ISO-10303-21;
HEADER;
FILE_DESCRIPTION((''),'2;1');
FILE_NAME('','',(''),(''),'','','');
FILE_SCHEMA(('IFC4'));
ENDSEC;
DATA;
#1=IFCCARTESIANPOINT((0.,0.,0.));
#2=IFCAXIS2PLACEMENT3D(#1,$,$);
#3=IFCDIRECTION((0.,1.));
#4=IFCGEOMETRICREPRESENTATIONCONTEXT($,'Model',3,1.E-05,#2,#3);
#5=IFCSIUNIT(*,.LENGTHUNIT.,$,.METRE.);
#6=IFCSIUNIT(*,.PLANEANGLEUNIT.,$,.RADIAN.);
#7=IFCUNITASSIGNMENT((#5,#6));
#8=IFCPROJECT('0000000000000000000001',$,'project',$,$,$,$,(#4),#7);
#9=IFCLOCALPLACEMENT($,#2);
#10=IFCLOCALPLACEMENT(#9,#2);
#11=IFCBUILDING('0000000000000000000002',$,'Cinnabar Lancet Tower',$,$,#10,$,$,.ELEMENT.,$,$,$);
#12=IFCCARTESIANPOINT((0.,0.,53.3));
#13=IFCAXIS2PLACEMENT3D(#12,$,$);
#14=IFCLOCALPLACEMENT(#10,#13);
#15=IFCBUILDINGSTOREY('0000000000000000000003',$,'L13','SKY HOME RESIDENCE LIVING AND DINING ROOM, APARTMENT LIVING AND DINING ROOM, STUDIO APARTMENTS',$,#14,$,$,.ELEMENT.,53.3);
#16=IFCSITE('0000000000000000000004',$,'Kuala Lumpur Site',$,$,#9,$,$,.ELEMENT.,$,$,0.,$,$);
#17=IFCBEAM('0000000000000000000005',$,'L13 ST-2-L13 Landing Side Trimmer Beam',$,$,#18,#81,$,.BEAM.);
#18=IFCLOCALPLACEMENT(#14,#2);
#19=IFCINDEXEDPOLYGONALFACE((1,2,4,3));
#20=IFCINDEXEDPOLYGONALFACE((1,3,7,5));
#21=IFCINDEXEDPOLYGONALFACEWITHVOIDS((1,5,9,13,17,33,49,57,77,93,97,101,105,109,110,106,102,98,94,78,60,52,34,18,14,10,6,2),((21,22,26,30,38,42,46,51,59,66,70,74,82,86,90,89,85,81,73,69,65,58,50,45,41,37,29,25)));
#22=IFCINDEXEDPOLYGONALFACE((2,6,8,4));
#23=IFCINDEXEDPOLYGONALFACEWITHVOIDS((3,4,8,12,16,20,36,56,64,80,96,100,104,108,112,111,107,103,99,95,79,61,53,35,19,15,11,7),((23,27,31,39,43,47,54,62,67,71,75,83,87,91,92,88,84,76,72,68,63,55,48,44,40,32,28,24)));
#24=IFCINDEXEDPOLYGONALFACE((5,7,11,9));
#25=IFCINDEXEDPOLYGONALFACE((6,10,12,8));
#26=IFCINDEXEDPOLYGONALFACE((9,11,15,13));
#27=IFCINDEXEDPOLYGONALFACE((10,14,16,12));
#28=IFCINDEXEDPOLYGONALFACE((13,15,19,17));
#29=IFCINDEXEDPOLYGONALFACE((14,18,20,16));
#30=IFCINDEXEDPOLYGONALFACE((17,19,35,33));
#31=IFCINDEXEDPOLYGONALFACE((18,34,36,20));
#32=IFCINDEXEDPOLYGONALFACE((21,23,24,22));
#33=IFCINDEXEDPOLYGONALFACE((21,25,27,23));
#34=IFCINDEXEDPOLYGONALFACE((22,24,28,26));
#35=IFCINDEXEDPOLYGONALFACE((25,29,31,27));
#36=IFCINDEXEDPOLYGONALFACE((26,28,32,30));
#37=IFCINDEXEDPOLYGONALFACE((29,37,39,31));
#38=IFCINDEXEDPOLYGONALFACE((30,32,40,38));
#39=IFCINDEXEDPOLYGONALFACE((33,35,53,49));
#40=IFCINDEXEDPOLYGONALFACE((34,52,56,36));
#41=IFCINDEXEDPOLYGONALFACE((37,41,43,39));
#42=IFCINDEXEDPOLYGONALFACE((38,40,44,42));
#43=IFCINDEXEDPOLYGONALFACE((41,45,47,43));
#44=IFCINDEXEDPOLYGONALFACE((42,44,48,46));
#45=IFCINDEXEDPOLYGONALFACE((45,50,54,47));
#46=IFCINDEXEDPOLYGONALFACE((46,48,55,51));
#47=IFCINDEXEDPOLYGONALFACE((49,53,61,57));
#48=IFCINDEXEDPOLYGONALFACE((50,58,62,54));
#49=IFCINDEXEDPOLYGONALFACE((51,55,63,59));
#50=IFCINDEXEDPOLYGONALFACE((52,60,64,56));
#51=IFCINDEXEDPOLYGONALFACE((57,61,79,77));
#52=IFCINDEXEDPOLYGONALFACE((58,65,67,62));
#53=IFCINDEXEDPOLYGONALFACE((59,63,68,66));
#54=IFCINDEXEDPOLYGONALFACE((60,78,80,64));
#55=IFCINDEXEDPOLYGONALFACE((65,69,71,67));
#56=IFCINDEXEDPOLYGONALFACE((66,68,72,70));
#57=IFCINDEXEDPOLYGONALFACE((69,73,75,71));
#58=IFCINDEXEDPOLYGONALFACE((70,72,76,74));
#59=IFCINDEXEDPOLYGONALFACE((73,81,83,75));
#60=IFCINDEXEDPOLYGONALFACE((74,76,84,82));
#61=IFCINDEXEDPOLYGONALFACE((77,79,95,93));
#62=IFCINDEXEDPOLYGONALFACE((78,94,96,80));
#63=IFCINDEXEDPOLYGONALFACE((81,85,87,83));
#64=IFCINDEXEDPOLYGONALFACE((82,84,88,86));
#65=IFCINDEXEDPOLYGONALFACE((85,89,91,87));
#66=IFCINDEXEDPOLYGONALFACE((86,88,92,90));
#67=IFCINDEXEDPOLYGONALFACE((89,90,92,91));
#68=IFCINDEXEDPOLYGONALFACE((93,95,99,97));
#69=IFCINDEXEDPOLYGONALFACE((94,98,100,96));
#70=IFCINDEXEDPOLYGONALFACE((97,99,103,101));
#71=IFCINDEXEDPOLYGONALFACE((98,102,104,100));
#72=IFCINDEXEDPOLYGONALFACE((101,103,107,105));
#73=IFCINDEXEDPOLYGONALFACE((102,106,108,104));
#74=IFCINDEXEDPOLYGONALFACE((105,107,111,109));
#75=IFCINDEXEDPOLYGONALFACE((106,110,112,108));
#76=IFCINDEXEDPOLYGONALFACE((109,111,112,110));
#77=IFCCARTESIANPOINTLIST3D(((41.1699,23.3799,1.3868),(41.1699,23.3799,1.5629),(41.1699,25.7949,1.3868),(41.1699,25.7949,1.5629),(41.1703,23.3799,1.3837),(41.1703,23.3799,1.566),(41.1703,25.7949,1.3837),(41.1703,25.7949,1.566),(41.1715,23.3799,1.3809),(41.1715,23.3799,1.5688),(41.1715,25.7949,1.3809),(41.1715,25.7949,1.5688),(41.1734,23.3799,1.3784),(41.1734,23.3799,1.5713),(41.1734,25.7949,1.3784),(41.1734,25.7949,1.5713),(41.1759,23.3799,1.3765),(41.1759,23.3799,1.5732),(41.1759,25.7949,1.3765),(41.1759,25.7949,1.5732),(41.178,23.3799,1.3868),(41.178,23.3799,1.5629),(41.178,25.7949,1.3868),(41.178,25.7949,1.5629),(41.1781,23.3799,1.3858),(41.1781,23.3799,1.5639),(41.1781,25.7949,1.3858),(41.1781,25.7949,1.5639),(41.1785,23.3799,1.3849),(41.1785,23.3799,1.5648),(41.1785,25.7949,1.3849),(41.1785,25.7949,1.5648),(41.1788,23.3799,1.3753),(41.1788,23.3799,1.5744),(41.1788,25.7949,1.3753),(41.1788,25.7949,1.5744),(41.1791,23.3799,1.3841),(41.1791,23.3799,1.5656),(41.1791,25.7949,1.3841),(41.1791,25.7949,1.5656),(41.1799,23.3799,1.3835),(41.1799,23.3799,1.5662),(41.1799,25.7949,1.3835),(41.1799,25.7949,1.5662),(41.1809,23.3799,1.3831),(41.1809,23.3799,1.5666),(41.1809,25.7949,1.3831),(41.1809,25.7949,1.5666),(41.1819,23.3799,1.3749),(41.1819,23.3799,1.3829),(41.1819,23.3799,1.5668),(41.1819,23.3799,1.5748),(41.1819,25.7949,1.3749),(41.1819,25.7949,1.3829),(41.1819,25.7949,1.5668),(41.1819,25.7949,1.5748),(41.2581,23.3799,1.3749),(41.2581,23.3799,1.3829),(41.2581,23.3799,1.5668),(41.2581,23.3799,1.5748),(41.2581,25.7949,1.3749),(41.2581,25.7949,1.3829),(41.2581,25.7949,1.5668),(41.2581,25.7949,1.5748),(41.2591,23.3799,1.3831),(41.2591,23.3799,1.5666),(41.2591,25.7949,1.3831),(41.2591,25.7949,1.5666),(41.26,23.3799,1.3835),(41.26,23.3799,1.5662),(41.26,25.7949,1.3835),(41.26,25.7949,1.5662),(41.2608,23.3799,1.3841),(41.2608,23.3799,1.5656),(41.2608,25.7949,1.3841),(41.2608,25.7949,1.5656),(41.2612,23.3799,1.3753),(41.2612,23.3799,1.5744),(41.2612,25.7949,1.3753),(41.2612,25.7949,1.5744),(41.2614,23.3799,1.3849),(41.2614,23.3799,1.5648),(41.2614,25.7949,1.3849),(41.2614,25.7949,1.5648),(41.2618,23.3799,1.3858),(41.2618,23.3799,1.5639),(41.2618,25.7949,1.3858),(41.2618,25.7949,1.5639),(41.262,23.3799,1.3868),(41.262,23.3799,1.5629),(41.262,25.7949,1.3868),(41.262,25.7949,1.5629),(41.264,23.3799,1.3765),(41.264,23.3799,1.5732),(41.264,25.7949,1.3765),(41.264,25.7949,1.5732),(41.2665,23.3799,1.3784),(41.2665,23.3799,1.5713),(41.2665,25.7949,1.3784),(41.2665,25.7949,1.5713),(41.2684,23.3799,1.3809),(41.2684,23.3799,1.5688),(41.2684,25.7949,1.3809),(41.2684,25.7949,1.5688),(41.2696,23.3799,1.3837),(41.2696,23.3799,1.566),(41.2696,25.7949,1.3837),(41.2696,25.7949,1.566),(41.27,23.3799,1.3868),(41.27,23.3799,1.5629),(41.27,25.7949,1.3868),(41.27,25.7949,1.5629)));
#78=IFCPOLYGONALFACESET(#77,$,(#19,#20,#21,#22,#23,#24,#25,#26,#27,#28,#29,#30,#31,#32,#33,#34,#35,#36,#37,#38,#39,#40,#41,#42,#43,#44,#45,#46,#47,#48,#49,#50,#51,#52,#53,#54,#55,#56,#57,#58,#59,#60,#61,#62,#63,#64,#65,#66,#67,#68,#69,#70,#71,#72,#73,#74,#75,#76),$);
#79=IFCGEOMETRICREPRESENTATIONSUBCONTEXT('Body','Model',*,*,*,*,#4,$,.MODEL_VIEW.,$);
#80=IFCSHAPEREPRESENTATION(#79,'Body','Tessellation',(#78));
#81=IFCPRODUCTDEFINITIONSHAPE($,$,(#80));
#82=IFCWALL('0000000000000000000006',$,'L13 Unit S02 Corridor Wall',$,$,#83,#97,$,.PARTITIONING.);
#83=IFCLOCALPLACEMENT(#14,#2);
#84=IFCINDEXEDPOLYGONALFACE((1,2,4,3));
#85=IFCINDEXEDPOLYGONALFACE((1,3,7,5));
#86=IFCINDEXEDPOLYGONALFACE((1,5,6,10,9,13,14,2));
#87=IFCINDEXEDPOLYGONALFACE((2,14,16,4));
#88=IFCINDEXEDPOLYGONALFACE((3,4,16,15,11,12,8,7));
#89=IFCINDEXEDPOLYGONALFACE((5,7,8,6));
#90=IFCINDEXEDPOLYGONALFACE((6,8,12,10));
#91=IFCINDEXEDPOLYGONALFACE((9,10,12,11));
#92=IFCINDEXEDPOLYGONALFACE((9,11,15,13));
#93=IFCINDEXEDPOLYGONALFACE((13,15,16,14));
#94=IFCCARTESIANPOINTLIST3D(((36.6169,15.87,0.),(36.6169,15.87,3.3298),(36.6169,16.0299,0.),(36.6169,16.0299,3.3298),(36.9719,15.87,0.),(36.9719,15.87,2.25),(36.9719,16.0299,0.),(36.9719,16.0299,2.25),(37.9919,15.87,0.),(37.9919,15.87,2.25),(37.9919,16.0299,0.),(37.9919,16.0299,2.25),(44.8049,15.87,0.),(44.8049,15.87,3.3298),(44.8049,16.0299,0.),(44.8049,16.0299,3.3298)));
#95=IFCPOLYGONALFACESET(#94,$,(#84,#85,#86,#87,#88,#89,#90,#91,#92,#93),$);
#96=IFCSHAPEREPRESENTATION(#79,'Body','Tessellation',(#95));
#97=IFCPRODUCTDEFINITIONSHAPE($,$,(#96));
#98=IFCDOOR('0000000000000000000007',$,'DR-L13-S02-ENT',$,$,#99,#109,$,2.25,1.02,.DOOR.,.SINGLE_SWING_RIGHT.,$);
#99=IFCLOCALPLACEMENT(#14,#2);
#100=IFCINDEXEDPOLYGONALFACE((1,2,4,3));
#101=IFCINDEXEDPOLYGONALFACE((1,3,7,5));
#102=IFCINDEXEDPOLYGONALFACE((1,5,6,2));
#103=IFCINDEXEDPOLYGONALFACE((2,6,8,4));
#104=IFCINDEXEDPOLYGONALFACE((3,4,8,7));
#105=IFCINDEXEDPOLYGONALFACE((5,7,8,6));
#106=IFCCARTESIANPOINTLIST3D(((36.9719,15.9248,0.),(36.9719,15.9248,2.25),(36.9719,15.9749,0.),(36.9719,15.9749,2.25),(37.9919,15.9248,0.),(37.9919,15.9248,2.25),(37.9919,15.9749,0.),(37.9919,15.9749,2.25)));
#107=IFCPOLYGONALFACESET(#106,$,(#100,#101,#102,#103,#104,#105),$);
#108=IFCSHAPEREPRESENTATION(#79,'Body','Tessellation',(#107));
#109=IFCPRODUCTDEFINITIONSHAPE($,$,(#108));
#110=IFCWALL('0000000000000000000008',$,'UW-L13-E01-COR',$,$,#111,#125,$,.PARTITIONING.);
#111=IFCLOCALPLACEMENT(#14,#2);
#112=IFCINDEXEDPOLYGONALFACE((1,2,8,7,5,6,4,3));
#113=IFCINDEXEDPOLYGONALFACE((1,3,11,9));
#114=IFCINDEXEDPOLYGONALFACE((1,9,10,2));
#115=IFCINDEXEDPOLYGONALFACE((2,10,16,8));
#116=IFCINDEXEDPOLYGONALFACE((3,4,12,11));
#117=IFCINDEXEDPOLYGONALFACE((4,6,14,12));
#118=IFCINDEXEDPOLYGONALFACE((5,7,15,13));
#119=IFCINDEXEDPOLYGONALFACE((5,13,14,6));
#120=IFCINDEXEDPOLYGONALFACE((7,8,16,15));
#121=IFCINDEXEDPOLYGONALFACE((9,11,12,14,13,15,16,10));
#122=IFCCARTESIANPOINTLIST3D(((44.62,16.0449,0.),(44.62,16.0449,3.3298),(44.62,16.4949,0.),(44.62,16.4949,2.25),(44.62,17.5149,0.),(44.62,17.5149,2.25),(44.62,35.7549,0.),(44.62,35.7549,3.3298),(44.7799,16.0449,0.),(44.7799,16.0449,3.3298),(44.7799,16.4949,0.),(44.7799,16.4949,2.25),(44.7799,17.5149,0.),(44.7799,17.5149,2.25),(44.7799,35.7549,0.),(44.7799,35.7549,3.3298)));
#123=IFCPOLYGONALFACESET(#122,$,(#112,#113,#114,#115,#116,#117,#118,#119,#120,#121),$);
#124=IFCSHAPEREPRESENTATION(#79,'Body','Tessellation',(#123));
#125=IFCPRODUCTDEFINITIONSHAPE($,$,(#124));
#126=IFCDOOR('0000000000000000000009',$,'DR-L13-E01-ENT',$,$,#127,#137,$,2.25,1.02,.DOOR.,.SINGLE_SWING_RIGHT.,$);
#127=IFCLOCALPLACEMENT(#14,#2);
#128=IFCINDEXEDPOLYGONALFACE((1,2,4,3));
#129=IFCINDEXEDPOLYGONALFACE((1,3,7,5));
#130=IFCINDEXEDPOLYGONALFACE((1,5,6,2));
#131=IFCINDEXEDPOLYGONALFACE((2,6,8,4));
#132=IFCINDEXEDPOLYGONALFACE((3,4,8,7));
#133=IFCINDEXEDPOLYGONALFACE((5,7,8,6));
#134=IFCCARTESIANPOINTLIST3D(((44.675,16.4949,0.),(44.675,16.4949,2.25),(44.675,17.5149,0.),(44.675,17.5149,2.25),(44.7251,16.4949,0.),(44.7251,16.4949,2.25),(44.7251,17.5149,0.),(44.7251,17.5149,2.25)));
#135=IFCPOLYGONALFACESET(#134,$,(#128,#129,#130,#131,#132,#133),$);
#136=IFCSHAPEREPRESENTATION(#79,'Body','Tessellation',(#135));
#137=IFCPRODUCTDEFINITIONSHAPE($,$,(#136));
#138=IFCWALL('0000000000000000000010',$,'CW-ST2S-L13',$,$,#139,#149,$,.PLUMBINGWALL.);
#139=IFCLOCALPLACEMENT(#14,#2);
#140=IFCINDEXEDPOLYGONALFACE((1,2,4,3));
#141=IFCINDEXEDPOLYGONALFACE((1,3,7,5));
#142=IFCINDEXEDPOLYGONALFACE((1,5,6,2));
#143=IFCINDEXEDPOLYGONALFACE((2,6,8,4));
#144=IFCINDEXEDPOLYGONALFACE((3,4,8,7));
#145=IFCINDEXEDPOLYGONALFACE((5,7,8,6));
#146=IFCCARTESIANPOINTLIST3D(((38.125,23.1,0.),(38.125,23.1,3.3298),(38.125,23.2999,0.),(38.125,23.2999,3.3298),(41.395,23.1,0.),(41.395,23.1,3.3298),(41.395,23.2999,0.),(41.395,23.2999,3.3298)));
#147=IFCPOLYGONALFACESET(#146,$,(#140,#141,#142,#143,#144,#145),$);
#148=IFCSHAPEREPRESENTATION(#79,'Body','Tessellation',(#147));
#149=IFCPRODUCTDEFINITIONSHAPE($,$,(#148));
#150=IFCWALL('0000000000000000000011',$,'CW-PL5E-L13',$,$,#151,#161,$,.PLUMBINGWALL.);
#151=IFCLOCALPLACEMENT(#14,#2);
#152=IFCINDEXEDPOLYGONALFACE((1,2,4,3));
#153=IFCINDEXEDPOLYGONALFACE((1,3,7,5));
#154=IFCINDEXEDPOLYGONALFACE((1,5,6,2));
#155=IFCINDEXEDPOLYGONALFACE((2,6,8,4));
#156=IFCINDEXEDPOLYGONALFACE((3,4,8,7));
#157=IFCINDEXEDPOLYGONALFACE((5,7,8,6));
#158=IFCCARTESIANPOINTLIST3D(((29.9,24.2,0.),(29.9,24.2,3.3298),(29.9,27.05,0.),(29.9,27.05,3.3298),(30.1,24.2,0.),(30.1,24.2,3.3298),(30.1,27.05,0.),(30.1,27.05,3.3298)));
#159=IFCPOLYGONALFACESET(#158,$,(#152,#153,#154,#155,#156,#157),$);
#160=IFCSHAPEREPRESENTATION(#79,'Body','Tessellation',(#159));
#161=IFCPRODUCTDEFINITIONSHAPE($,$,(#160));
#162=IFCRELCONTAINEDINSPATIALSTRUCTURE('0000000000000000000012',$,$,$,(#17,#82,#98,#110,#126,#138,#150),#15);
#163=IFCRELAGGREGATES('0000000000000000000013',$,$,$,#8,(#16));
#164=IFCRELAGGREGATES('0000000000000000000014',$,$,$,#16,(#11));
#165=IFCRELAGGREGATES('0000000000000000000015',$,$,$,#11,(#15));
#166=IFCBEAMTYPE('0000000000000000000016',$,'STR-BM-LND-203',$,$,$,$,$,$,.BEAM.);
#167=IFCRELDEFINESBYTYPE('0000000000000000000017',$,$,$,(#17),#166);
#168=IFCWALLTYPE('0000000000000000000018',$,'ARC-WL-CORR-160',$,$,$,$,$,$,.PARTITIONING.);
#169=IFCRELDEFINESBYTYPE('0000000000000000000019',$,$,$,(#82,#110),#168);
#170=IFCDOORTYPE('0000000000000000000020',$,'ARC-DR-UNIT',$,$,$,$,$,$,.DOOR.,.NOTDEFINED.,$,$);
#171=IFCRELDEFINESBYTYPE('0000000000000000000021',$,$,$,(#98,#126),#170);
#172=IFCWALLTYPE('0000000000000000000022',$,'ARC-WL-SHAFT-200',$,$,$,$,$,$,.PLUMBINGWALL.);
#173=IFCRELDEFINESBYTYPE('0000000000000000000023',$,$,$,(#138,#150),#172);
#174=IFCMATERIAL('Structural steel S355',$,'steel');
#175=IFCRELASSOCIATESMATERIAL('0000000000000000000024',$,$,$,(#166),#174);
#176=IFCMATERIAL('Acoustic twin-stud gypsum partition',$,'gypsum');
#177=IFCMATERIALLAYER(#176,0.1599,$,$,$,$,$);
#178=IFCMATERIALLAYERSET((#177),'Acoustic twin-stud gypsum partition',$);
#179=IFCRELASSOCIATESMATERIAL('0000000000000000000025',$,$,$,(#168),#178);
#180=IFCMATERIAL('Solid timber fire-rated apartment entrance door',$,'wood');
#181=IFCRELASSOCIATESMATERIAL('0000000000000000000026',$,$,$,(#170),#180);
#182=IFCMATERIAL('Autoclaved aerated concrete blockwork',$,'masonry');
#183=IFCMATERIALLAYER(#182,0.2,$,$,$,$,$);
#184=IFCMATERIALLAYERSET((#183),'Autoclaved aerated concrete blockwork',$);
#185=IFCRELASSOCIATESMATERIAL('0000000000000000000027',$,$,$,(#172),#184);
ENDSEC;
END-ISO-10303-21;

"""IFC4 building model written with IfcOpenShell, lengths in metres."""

from ifc_helpers import new_model, si_unit, direction, frame, frame_2d, origin, origin_2d, place, context, subcontext, project, spatial, rectangle, hollow_rectangle, extrude, material, layer, layer_set, material_profile, profile_set, type_object, element, fill, save


model = new_model("IFC4")

# Units and contexts
model_context = context("Model", 3, precision=1e-05, world=origin(), true_north=direction((0.0, 1.0)))
body_context = subcontext(model_context, "Body", "Model", "MODEL_VIEW")
ifc_project = project(units=[si_unit("LENGTHUNIT", "METRE"), si_unit("PLANEANGLEUNIT", "RADIAN")], contexts=[model_context])

# Site, building, storey
site_placement = place(None, origin())
site = spatial("IfcSite", under=ifc_project, at=site_placement, Name="Kuala Lumpur Site", CompositionType="ELEMENT", RefElevation=0.0)
building_placement = place(site_placement, origin())
building = spatial("IfcBuilding", under=site, at=building_placement, Name="Cinnabar Lancet Tower", CompositionType="ELEMENT")
storey_placement = place(building_placement, frame((0.0, 0.0, 53.3)))
storey = spatial("IfcBuildingStorey", under=building, at=storey_placement, Name="L13", Description="SKY HOME RESIDENCE LIVING AND DINING ROOM, APARTMENT LIVING AND DINING ROOM, STUDIO APARTMENTS", CompositionType="ELEMENT", Elevation=53.3)

# Beam
ifc_material_1 = material(Name="Structural steel S355", Category="steel")
ifc_material_profile_1 = material_profile(ifc_material_1, hollow_rectangle(XDim=0.1001, YDim=0.2, WallThickness=0.0081, InnerFilletRadius=0.0039, OuterFilletRadius=0.012, at=origin_2d()), Name="RHS 200x100x8")
ifc_profile_set_1 = profile_set([ifc_material_profile_1], Name="Structural steel S355")
beam_type_1 = type_object("IfcBeamType", Name="STR-BM-LND-203", PredefinedType="BEAM", material=ifc_profile_set_1)
beam_1_placement = place(storey_placement, frame((41.22, 23.3799, 1.4749), z_axis=(0.0, 1.0, 0.0), x_axis=(-1.0, 0.0, 0.0)))
element("IfcBeam", 1, at=beam_1_placement, inside=storey, type_object=beam_type_1, Name="L13 ST-2-L13 Landing Side Trimmer Beam", PredefinedType="BEAM", context=body_context, shape_type="SweptSolid", body=[
    extrude(hollow_rectangle(XDim=0.1001, YDim=0.2, WallThickness=0.0081, InnerFilletRadius=0.0039, OuterFilletRadius=0.012, at=origin_2d()), origin(), (0.0, 0.0, 1.0), 2.415),
])

# Walls, openings, doors
ifc_material_2 = material(Name="Acoustic twin-stud gypsum partition", Category="gypsum")
ifc_layer_1 = layer(ifc_material_2, 0.1599)
ifc_layer_set_1 = layer_set([ifc_layer_1], Name="Acoustic twin-stud gypsum partition")
wall_type_1 = type_object("IfcWallType", Name="ARC-WL-CORR-160", PredefinedType="PARTITIONING", material=ifc_layer_set_1)
wall_1_placement = place(storey_placement, frame((36.6169, 15.95, 0.0), z_axis=(0.0, 0.0, 1.0), x_axis=(1.0, 0.0, 0.0)))
wall_1 = element("IfcWall", 2, at=wall_1_placement, inside=storey, type_object=wall_type_1, Name="L13 Unit S02 Corridor Wall", PredefinedType="PARTITIONING", context=body_context, shape_type="SweptSolid", body=[
    extrude(rectangle(XDim=8.188, YDim=0.1599, at=frame_2d((4.094, 0.0))), origin(), (0.0, 0.0, 1.0), 3.3298),
])
opening_1_placement = place(wall_1_placement, frame((0.355, 0.0, 0.0)))
opening_1 = element("IfcOpeningElement", 3, at=opening_1_placement, cuts=wall_1, PredefinedType="OPENING", context=body_context, shape_type="SweptSolid", body=[
    extrude(rectangle(XDim=1.02, YDim=2.25, at=frame_2d((0.51, 1.125))), frame((0.0, 0.0898, 0.0), z_axis=(0.0, -1.0, 0.0), x_axis=(1.0, 0.0, 0.0)), (0.0, 0.0, 1.0), 0.1799),
])
ifc_material_3 = material(Name="Solid timber fire-rated apartment entrance door", Category="wood")
door_type_1 = type_object("IfcDoorType", Name="ARC-DR-UNIT", OperationType="NOTDEFINED", PredefinedType="DOOR", material=ifc_material_3)
door_1_placement = place(opening_1_placement, origin())
door_1 = element("IfcDoor", 4, at=door_1_placement, inside=storey, type_object=door_type_1, Name="DR-L13-S02-ENT", OperationType="SINGLE_SWING_RIGHT", OverallHeight=2.25, OverallWidth=1.02, PredefinedType="DOOR", context=body_context, shape_type="SweptSolid", body=[
    extrude(rectangle(XDim=1.02, YDim=2.25, at=frame_2d((0.51, 1.125))), frame((0.0, 0.0249, 0.0), z_axis=(0.0, -1.0, 0.0), x_axis=(1.0, 0.0, 0.0)), (0.0, 0.0, 1.0), 0.05),
])
fill(opening_1, door_1)
wall_2_placement = place(storey_placement, frame((44.7, 16.0449, 0.0), z_axis=(0.0, 0.0, 1.0), x_axis=(0.0, 1.0, 0.0)))
wall_2 = element("IfcWall", 5, at=wall_2_placement, inside=storey, type_object=wall_type_1, Name="UW-L13-E01-COR", PredefinedType="PARTITIONING", context=body_context, shape_type="SweptSolid", body=[
    extrude(rectangle(XDim=19.71, YDim=0.1599, at=frame_2d((9.855, 0.0))), origin(), (0.0, 0.0, 1.0), 3.3298),
])
opening_2_placement = place(wall_2_placement, frame((0.45, 0.0, 0.0)))
opening_2 = element("IfcOpeningElement", 6, at=opening_2_placement, cuts=wall_2, PredefinedType="OPENING", context=body_context, shape_type="SweptSolid", body=[
    extrude(rectangle(XDim=1.02, YDim=2.25, at=frame_2d((0.51, 1.125))), frame((0.0, 0.0898, 0.0), z_axis=(0.0, -1.0, 0.0), x_axis=(1.0, 0.0, 0.0)), (0.0, 0.0, 1.0), 0.1799),
])
door_2_placement = place(opening_2_placement, origin())
door_2 = element("IfcDoor", 7, at=door_2_placement, inside=storey, type_object=door_type_1, Name="DR-L13-E01-ENT", OperationType="SINGLE_SWING_RIGHT", OverallHeight=2.25, OverallWidth=1.02, PredefinedType="DOOR", context=body_context, shape_type="SweptSolid", body=[
    extrude(rectangle(XDim=1.02, YDim=2.25, at=frame_2d((0.51, 1.125))), frame((0.0, 0.0249, 0.0), z_axis=(0.0, -1.0, 0.0), x_axis=(1.0, 0.0, 0.0)), (0.0, 0.0, 1.0), 0.05),
])
fill(opening_2, door_2)

# Walls
ifc_material_4 = material(Name="Autoclaved aerated concrete blockwork", Category="masonry")
ifc_layer_2 = layer(ifc_material_4, 0.2)
ifc_layer_set_2 = layer_set([ifc_layer_2], Name="Autoclaved aerated concrete blockwork")
wall_type_2 = type_object("IfcWallType", Name="ARC-WL-SHAFT-200", PredefinedType="PLUMBINGWALL", material=ifc_layer_set_2)
wall_3_placement = place(storey_placement, frame((38.125, 23.2, 0.0), z_axis=(0.0, 0.0, 1.0), x_axis=(1.0, 0.0, 0.0)))
element("IfcWall", 8, at=wall_3_placement, inside=storey, type_object=wall_type_2, Name="CW-ST2S-L13", PredefinedType="PLUMBINGWALL", context=body_context, shape_type="SweptSolid", body=[
    extrude(rectangle(XDim=3.27, YDim=0.2, at=frame_2d((1.635, 0.0))), origin(), (0.0, 0.0, 1.0), 3.3298),
])
wall_4_placement = place(storey_placement, frame((30.0, 24.2, 0.0), z_axis=(0.0, 0.0, 1.0), x_axis=(0.0, 1.0, 0.0)))
element("IfcWall", 9, at=wall_4_placement, inside=storey, type_object=wall_type_2, Name="CW-PL5E-L13", PredefinedType="PLUMBINGWALL", context=body_context, shape_type="SweptSolid", body=[
    extrude(rectangle(XDim=2.8501, YDim=0.2, at=frame_2d((1.425, 0.0))), origin(), (0.0, 0.0, 1.0), 3.3298),
])

save(model, "model.ifc")
